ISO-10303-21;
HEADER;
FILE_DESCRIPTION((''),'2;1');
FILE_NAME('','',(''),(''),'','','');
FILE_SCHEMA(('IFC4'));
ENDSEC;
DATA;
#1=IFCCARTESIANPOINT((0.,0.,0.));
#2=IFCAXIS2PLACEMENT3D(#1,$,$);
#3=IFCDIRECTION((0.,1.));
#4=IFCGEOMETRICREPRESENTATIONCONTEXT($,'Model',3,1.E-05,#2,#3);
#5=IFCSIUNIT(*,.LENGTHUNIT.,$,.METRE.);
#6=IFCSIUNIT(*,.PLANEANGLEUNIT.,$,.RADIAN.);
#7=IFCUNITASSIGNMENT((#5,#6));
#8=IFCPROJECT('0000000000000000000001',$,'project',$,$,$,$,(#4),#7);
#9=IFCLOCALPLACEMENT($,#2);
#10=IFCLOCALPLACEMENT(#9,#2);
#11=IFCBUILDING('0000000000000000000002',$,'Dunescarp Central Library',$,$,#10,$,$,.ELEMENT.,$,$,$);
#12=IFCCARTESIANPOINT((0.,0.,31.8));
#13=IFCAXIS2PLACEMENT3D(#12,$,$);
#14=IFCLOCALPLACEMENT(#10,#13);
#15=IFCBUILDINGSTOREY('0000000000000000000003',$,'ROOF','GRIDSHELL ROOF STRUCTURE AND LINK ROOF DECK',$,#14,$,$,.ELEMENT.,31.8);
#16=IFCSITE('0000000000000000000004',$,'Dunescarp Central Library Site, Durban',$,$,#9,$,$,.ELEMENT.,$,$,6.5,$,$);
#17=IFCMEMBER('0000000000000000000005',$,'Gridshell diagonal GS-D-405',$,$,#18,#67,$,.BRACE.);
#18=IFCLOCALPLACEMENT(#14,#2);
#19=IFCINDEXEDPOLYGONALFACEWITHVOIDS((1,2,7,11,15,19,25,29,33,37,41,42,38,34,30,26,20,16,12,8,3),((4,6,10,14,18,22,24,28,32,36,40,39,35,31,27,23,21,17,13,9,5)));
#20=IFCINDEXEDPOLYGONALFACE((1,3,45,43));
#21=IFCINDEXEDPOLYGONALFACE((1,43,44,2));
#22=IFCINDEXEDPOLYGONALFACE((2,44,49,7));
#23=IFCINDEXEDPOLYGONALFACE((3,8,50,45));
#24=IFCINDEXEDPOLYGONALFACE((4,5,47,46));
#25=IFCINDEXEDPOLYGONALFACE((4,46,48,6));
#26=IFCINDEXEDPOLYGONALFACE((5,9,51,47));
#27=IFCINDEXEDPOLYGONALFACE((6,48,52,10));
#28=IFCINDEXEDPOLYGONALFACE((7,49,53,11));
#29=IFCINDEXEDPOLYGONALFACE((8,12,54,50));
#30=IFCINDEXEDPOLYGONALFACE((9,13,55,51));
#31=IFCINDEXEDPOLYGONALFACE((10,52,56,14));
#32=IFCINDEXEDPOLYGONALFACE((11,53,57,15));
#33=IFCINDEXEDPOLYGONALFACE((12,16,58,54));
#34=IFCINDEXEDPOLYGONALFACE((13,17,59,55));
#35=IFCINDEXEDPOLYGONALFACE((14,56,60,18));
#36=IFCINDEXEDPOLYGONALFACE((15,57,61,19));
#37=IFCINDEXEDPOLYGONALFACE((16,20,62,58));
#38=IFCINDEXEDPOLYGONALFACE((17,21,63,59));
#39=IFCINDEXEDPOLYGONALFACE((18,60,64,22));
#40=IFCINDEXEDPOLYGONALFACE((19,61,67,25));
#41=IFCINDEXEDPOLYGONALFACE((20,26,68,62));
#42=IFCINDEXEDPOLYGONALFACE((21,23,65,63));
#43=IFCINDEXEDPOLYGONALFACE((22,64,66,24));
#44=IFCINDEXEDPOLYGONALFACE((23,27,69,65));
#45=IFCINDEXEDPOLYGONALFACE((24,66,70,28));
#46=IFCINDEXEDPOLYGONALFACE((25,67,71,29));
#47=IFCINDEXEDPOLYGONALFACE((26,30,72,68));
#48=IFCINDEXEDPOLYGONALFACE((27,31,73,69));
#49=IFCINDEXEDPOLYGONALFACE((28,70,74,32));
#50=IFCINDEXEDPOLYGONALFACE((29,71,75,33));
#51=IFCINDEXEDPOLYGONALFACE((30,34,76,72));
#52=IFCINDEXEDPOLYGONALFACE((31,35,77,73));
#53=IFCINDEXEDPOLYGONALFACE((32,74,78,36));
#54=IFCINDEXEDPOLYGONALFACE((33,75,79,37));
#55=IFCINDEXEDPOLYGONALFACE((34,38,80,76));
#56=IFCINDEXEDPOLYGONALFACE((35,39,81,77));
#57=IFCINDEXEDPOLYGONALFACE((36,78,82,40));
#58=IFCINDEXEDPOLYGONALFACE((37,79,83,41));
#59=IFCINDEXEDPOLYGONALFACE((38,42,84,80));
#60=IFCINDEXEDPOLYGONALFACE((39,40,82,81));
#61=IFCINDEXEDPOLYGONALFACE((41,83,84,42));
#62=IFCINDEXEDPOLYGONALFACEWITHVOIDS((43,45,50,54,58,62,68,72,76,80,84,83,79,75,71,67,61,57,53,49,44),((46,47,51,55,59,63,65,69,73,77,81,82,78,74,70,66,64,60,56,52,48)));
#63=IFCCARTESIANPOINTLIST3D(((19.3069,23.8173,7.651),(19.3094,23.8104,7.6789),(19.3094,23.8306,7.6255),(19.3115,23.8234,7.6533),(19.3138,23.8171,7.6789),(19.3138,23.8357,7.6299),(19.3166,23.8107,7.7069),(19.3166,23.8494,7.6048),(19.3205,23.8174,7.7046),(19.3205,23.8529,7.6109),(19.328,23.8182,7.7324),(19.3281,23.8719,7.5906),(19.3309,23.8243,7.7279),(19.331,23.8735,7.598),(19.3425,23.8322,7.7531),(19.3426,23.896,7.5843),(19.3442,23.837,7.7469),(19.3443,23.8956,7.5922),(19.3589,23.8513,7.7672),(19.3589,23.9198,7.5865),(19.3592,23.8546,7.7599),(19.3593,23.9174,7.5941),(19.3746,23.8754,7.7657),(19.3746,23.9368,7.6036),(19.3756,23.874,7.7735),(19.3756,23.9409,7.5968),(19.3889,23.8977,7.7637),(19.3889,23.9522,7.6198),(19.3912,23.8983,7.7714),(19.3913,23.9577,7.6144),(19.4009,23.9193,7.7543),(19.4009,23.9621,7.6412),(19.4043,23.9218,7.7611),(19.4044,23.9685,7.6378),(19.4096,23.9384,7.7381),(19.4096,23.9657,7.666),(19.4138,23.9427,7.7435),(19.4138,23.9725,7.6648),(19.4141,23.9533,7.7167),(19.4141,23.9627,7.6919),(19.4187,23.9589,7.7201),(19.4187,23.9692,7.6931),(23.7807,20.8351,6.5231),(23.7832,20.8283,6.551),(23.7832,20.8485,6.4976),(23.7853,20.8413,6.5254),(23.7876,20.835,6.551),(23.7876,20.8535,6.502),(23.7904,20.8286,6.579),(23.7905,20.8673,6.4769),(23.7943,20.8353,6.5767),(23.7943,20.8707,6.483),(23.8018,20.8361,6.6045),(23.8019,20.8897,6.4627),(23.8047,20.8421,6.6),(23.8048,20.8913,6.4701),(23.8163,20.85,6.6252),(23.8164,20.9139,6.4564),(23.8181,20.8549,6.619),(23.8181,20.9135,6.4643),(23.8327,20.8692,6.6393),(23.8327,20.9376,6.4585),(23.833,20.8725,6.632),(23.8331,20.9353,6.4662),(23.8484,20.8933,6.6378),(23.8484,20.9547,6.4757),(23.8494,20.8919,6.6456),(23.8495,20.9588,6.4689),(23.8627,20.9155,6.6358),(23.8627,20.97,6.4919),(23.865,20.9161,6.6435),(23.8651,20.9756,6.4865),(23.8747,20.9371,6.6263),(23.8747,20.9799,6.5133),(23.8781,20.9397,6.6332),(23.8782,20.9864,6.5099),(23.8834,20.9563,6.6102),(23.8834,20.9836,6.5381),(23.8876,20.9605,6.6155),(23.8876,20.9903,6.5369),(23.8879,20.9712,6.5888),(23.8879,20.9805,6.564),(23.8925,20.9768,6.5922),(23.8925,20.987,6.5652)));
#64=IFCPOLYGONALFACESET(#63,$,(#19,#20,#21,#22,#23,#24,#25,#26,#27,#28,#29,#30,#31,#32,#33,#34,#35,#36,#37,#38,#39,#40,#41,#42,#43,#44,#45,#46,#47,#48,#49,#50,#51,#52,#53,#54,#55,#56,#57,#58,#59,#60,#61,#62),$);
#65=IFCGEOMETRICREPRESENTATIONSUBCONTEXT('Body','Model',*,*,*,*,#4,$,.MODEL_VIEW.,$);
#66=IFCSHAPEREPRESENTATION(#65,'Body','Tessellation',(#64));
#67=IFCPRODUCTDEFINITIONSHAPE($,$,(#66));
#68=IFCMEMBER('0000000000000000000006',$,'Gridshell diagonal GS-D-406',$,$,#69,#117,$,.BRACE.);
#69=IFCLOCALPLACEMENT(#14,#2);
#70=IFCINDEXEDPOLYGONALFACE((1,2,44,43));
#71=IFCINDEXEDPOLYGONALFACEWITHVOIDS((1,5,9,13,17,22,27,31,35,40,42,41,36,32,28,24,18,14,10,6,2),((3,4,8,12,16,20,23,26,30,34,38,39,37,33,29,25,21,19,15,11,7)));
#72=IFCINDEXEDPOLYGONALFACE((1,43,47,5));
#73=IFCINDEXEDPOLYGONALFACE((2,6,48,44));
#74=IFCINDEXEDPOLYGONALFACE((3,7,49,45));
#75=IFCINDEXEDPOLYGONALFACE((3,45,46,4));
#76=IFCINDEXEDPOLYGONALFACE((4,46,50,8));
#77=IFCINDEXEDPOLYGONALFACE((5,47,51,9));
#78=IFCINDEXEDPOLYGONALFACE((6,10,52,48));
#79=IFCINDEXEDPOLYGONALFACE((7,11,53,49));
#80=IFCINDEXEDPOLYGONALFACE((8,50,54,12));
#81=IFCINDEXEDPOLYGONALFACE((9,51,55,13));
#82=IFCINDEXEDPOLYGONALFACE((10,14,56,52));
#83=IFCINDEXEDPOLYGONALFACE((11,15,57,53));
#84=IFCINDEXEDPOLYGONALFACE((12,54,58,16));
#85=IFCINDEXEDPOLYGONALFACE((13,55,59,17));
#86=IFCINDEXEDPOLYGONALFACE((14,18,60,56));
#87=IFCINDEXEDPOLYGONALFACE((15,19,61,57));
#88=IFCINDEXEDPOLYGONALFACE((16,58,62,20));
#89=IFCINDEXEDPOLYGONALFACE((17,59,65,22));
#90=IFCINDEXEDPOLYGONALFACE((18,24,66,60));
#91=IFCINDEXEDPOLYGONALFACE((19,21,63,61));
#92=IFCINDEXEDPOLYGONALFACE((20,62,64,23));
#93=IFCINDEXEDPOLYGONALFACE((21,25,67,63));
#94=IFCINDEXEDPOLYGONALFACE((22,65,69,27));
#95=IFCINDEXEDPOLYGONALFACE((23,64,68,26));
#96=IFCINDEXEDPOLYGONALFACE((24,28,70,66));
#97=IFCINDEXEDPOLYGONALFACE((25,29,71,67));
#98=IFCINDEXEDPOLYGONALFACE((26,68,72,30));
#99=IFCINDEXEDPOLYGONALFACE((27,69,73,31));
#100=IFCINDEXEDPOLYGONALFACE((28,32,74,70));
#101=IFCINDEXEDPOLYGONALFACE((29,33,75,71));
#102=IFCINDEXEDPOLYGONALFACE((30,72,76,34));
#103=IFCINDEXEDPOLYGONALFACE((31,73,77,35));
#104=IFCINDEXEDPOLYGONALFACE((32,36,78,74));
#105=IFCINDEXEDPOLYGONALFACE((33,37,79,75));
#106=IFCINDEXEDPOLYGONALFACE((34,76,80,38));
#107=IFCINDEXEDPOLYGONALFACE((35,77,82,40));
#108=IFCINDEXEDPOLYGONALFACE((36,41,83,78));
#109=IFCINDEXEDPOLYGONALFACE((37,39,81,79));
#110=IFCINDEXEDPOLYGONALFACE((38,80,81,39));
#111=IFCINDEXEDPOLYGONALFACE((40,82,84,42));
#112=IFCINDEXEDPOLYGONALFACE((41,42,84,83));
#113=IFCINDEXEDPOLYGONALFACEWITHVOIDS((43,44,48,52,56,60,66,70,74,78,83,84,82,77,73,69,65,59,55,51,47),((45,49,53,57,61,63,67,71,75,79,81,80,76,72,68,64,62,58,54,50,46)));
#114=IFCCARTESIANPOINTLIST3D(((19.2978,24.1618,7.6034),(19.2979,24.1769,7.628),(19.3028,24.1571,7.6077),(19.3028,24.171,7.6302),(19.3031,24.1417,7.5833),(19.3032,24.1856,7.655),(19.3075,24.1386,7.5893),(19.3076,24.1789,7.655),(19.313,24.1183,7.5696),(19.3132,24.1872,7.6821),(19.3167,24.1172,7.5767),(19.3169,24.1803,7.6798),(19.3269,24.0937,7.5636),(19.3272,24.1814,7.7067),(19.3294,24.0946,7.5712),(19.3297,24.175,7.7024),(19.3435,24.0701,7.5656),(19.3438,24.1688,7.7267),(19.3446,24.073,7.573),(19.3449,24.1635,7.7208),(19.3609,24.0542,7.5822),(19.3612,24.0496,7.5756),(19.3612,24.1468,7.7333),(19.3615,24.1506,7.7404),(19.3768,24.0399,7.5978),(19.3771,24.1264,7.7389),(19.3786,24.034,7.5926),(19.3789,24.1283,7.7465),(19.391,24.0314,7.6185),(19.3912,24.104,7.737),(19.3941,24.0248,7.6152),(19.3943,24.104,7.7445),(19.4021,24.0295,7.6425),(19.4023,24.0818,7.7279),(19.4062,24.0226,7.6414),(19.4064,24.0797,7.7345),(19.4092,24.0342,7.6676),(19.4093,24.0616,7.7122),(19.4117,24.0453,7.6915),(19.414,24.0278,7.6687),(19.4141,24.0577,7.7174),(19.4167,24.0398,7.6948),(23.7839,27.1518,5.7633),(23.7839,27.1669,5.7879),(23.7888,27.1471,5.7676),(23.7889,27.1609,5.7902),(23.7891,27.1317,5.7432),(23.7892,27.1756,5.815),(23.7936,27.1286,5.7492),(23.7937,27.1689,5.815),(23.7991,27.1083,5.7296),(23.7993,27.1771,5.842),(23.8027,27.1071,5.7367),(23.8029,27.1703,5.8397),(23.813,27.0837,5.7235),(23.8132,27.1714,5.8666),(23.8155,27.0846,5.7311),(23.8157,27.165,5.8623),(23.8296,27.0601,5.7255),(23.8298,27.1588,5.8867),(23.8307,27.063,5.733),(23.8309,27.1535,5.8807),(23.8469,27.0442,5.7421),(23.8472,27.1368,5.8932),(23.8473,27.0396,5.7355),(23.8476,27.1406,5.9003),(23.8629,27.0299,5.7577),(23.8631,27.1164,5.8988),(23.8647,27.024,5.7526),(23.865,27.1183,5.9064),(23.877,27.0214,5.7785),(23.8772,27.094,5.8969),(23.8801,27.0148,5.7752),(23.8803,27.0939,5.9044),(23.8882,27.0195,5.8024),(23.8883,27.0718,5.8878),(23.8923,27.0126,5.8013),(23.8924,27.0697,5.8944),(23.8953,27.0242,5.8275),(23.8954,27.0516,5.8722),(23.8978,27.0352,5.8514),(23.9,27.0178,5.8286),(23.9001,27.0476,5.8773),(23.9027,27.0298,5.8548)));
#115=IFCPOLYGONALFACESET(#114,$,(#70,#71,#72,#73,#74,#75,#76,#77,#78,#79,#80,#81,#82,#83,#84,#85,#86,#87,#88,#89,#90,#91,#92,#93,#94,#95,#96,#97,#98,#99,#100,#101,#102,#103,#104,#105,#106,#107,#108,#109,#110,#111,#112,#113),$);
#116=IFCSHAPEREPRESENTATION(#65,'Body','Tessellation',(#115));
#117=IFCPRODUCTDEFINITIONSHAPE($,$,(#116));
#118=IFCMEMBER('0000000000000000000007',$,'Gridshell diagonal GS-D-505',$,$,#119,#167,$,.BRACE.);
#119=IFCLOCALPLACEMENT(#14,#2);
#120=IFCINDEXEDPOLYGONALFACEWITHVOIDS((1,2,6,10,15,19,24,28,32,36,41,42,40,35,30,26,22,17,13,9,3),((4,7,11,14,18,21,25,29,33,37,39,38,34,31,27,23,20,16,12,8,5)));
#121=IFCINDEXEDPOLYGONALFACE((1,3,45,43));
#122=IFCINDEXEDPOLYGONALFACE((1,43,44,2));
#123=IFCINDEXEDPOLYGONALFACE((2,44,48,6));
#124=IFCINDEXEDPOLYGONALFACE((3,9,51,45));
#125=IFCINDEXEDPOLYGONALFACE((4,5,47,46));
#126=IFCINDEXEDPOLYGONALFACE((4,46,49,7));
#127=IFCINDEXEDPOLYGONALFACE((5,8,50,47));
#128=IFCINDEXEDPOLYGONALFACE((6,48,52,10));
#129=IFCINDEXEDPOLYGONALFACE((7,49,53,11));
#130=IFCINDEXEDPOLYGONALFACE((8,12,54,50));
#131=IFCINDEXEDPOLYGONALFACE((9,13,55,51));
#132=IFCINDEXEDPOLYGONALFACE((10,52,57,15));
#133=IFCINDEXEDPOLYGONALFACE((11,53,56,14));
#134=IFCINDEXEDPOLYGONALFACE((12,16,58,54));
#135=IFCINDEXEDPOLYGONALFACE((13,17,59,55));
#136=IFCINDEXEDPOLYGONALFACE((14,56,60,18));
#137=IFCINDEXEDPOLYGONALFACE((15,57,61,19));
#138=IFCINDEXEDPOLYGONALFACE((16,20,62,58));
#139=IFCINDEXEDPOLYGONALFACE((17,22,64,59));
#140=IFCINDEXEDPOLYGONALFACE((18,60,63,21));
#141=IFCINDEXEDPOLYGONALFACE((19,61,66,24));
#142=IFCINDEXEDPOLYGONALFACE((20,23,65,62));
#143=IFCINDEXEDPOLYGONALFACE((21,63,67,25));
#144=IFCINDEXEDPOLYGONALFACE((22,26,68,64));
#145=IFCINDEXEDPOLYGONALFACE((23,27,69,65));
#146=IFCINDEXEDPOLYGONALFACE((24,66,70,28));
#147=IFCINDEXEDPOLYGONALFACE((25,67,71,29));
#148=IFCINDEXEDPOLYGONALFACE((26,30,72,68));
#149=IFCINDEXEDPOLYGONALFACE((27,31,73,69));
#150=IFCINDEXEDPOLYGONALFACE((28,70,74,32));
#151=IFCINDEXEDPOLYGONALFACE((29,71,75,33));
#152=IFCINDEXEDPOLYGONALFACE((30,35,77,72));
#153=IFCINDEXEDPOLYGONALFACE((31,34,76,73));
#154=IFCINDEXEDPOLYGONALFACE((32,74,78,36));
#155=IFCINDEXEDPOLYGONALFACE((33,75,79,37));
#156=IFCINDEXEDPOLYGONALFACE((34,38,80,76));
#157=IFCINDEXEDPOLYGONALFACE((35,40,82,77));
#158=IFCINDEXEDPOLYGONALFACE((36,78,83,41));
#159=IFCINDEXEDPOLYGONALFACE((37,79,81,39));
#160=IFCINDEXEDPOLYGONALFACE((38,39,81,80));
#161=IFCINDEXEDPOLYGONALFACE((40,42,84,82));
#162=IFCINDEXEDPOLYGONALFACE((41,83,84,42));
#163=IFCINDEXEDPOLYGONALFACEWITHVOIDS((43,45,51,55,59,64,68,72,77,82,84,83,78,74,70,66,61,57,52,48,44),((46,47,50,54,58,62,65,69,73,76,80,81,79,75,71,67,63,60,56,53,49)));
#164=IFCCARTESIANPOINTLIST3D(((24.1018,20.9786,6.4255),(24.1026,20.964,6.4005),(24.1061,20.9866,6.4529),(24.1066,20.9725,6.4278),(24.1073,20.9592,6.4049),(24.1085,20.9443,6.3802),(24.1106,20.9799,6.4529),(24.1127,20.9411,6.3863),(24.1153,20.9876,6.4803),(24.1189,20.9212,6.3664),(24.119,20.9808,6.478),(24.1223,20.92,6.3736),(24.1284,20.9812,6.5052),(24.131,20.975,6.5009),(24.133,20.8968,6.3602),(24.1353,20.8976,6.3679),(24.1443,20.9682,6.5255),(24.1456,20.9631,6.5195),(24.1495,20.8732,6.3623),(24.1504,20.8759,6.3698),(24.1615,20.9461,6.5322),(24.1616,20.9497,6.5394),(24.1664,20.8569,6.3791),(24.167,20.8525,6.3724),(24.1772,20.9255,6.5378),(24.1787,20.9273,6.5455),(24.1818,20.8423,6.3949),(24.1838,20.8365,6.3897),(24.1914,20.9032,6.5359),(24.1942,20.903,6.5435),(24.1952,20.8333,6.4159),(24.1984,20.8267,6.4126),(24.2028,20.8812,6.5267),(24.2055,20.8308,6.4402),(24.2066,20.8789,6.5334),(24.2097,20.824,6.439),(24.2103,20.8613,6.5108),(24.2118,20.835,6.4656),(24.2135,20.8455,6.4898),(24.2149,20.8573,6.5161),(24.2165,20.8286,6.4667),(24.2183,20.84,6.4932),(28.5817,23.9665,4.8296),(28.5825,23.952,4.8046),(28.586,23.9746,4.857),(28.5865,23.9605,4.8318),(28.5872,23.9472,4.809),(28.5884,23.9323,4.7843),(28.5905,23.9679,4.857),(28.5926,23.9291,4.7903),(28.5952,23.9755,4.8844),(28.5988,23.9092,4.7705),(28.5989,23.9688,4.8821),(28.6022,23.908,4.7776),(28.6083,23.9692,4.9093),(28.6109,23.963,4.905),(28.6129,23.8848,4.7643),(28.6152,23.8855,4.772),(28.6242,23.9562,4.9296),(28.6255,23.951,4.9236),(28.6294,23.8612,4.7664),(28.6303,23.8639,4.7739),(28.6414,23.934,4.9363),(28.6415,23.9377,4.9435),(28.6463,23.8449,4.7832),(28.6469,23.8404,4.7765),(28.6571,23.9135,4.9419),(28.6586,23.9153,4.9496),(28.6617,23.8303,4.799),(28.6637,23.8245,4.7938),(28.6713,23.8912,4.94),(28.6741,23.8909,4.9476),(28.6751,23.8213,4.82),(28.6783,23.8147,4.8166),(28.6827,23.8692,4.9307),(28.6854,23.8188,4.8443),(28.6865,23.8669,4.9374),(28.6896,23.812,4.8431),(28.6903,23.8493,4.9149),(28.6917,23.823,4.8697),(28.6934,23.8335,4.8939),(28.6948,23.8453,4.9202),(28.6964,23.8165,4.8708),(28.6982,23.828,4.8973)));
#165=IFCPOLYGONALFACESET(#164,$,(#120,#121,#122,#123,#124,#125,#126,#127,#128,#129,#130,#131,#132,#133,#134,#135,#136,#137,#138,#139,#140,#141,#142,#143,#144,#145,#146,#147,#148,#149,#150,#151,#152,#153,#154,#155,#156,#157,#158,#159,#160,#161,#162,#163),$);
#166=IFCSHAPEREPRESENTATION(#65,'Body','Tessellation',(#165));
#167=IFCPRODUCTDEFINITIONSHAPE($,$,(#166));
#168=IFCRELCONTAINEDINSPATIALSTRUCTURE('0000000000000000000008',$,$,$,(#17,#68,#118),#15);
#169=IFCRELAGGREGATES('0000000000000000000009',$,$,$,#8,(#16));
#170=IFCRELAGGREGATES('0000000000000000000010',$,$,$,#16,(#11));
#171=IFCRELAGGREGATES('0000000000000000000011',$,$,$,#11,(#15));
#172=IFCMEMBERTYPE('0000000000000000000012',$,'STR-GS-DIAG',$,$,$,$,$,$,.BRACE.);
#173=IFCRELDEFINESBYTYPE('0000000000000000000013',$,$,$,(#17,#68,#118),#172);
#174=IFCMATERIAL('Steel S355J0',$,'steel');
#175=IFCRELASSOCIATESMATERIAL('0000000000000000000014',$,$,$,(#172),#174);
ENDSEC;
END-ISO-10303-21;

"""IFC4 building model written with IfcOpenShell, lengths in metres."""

from ifc_helpers import new_model, si_unit, direction, frame, origin, origin_2d, place, context, subcontext, project, spatial, hollow_circle, extrude, material, material_profile, profile_set, type_object, element, save


model = new_model("IFC4")

# Units and contexts
model_context = context("Model", 3, precision=1e-05, world=origin(), true_north=direction((0.0, 1.0)))
body_context = subcontext(model_context, "Body", "Model", "MODEL_VIEW")
ifc_project = project(units=[si_unit("LENGTHUNIT", "METRE"), si_unit("PLANEANGLEUNIT", "RADIAN")], contexts=[model_context])

# Site, building, storey
site_placement = place(None, origin())
site = spatial("IfcSite", under=ifc_project, at=site_placement, Name="Dunescarp Central Library Site, Durban", CompositionType="ELEMENT", RefElevation=6.5)
building_placement = place(site_placement, origin())
building = spatial("IfcBuilding", under=site, at=building_placement, Name="Dunescarp Central Library", CompositionType="ELEMENT")
storey_placement = place(building_placement, frame((0.0, 0.0, 31.8)))
storey = spatial("IfcBuildingStorey", under=building, at=storey_placement, Name="ROOF", Description="GRIDSHELL ROOF STRUCTURE AND LINK ROOF DECK", CompositionType="ELEMENT", Elevation=31.8)

# Members
ifc_material_1 = material(Name="Steel S355J0", Category="steel")
ifc_material_profile_1 = material_profile(ifc_material_1, hollow_circle(Radius=0.0969, WallThickness=0.0081, at=origin_2d()), Name="CHS 193.7x8")
ifc_profile_set_1 = profile_set([ifc_material_profile_1], Name="Steel S355J0")
member_type_1 = type_object("IfcMemberType", Name="STR-GS-DIAG", PredefinedType="BRACE", material=ifc_profile_set_1)
member_1_placement = place(storey_placement, frame((23.8369, 20.9089, 6.551), z_axis=(-0.814359, 0.542832, 0.205312), x_axis=(-0.554648, -0.832085, 0.0)))
element("IfcMember", 1, at=member_1_placement, inside=storey, type_object=member_type_1, Name="Gridshell diagonal GS-D-405", PredefinedType="BRACE", context=body_context, shape_type="SweptSolid", body=[
    extrude(hollow_circle(Radius=0.0969, WallThickness=0.0081, at=origin_2d()), origin(), (0.0, 0.0, 1.0), 5.4937),
])
member_2_placement = place(storey_placement, frame((19.3569, 24.105, 7.655), z_axis=(0.787506, 0.524875, -0.323017), x_axis=(-0.554606, 0.832113, 0.0)))
element("IfcMember", 2, at=member_2_placement, inside=storey, type_object=member_type_1, Name="Gridshell diagonal GS-D-406", PredefinedType="BRACE", context=body_context, shape_type="SweptSolid", body=[
    extrude(hollow_circle(Radius=0.0969, WallThickness=0.0081, at=origin_2d()), origin(), (0.0, 0.0, 1.0), 5.6965),
])
member_3_placement = place(storey_placement, frame((24.1599, 20.906, 6.4529), z_axis=(0.797639, 0.532006, -0.284151), x_axis=(-0.554878, 0.831932, 0.0)))
element("IfcMember", 3, at=member_3_placement, inside=storey, type_object=member_type_1, Name="Gridshell diagonal GS-D-505", PredefinedType="BRACE", context=body_context, shape_type="SweptSolid", body=[
    extrude(hollow_circle(Radius=0.0969, WallThickness=0.0081, at=origin_2d()), origin(), (0.0, 0.0, 1.0), 5.6165),
])

save(model, "model.ifc")
